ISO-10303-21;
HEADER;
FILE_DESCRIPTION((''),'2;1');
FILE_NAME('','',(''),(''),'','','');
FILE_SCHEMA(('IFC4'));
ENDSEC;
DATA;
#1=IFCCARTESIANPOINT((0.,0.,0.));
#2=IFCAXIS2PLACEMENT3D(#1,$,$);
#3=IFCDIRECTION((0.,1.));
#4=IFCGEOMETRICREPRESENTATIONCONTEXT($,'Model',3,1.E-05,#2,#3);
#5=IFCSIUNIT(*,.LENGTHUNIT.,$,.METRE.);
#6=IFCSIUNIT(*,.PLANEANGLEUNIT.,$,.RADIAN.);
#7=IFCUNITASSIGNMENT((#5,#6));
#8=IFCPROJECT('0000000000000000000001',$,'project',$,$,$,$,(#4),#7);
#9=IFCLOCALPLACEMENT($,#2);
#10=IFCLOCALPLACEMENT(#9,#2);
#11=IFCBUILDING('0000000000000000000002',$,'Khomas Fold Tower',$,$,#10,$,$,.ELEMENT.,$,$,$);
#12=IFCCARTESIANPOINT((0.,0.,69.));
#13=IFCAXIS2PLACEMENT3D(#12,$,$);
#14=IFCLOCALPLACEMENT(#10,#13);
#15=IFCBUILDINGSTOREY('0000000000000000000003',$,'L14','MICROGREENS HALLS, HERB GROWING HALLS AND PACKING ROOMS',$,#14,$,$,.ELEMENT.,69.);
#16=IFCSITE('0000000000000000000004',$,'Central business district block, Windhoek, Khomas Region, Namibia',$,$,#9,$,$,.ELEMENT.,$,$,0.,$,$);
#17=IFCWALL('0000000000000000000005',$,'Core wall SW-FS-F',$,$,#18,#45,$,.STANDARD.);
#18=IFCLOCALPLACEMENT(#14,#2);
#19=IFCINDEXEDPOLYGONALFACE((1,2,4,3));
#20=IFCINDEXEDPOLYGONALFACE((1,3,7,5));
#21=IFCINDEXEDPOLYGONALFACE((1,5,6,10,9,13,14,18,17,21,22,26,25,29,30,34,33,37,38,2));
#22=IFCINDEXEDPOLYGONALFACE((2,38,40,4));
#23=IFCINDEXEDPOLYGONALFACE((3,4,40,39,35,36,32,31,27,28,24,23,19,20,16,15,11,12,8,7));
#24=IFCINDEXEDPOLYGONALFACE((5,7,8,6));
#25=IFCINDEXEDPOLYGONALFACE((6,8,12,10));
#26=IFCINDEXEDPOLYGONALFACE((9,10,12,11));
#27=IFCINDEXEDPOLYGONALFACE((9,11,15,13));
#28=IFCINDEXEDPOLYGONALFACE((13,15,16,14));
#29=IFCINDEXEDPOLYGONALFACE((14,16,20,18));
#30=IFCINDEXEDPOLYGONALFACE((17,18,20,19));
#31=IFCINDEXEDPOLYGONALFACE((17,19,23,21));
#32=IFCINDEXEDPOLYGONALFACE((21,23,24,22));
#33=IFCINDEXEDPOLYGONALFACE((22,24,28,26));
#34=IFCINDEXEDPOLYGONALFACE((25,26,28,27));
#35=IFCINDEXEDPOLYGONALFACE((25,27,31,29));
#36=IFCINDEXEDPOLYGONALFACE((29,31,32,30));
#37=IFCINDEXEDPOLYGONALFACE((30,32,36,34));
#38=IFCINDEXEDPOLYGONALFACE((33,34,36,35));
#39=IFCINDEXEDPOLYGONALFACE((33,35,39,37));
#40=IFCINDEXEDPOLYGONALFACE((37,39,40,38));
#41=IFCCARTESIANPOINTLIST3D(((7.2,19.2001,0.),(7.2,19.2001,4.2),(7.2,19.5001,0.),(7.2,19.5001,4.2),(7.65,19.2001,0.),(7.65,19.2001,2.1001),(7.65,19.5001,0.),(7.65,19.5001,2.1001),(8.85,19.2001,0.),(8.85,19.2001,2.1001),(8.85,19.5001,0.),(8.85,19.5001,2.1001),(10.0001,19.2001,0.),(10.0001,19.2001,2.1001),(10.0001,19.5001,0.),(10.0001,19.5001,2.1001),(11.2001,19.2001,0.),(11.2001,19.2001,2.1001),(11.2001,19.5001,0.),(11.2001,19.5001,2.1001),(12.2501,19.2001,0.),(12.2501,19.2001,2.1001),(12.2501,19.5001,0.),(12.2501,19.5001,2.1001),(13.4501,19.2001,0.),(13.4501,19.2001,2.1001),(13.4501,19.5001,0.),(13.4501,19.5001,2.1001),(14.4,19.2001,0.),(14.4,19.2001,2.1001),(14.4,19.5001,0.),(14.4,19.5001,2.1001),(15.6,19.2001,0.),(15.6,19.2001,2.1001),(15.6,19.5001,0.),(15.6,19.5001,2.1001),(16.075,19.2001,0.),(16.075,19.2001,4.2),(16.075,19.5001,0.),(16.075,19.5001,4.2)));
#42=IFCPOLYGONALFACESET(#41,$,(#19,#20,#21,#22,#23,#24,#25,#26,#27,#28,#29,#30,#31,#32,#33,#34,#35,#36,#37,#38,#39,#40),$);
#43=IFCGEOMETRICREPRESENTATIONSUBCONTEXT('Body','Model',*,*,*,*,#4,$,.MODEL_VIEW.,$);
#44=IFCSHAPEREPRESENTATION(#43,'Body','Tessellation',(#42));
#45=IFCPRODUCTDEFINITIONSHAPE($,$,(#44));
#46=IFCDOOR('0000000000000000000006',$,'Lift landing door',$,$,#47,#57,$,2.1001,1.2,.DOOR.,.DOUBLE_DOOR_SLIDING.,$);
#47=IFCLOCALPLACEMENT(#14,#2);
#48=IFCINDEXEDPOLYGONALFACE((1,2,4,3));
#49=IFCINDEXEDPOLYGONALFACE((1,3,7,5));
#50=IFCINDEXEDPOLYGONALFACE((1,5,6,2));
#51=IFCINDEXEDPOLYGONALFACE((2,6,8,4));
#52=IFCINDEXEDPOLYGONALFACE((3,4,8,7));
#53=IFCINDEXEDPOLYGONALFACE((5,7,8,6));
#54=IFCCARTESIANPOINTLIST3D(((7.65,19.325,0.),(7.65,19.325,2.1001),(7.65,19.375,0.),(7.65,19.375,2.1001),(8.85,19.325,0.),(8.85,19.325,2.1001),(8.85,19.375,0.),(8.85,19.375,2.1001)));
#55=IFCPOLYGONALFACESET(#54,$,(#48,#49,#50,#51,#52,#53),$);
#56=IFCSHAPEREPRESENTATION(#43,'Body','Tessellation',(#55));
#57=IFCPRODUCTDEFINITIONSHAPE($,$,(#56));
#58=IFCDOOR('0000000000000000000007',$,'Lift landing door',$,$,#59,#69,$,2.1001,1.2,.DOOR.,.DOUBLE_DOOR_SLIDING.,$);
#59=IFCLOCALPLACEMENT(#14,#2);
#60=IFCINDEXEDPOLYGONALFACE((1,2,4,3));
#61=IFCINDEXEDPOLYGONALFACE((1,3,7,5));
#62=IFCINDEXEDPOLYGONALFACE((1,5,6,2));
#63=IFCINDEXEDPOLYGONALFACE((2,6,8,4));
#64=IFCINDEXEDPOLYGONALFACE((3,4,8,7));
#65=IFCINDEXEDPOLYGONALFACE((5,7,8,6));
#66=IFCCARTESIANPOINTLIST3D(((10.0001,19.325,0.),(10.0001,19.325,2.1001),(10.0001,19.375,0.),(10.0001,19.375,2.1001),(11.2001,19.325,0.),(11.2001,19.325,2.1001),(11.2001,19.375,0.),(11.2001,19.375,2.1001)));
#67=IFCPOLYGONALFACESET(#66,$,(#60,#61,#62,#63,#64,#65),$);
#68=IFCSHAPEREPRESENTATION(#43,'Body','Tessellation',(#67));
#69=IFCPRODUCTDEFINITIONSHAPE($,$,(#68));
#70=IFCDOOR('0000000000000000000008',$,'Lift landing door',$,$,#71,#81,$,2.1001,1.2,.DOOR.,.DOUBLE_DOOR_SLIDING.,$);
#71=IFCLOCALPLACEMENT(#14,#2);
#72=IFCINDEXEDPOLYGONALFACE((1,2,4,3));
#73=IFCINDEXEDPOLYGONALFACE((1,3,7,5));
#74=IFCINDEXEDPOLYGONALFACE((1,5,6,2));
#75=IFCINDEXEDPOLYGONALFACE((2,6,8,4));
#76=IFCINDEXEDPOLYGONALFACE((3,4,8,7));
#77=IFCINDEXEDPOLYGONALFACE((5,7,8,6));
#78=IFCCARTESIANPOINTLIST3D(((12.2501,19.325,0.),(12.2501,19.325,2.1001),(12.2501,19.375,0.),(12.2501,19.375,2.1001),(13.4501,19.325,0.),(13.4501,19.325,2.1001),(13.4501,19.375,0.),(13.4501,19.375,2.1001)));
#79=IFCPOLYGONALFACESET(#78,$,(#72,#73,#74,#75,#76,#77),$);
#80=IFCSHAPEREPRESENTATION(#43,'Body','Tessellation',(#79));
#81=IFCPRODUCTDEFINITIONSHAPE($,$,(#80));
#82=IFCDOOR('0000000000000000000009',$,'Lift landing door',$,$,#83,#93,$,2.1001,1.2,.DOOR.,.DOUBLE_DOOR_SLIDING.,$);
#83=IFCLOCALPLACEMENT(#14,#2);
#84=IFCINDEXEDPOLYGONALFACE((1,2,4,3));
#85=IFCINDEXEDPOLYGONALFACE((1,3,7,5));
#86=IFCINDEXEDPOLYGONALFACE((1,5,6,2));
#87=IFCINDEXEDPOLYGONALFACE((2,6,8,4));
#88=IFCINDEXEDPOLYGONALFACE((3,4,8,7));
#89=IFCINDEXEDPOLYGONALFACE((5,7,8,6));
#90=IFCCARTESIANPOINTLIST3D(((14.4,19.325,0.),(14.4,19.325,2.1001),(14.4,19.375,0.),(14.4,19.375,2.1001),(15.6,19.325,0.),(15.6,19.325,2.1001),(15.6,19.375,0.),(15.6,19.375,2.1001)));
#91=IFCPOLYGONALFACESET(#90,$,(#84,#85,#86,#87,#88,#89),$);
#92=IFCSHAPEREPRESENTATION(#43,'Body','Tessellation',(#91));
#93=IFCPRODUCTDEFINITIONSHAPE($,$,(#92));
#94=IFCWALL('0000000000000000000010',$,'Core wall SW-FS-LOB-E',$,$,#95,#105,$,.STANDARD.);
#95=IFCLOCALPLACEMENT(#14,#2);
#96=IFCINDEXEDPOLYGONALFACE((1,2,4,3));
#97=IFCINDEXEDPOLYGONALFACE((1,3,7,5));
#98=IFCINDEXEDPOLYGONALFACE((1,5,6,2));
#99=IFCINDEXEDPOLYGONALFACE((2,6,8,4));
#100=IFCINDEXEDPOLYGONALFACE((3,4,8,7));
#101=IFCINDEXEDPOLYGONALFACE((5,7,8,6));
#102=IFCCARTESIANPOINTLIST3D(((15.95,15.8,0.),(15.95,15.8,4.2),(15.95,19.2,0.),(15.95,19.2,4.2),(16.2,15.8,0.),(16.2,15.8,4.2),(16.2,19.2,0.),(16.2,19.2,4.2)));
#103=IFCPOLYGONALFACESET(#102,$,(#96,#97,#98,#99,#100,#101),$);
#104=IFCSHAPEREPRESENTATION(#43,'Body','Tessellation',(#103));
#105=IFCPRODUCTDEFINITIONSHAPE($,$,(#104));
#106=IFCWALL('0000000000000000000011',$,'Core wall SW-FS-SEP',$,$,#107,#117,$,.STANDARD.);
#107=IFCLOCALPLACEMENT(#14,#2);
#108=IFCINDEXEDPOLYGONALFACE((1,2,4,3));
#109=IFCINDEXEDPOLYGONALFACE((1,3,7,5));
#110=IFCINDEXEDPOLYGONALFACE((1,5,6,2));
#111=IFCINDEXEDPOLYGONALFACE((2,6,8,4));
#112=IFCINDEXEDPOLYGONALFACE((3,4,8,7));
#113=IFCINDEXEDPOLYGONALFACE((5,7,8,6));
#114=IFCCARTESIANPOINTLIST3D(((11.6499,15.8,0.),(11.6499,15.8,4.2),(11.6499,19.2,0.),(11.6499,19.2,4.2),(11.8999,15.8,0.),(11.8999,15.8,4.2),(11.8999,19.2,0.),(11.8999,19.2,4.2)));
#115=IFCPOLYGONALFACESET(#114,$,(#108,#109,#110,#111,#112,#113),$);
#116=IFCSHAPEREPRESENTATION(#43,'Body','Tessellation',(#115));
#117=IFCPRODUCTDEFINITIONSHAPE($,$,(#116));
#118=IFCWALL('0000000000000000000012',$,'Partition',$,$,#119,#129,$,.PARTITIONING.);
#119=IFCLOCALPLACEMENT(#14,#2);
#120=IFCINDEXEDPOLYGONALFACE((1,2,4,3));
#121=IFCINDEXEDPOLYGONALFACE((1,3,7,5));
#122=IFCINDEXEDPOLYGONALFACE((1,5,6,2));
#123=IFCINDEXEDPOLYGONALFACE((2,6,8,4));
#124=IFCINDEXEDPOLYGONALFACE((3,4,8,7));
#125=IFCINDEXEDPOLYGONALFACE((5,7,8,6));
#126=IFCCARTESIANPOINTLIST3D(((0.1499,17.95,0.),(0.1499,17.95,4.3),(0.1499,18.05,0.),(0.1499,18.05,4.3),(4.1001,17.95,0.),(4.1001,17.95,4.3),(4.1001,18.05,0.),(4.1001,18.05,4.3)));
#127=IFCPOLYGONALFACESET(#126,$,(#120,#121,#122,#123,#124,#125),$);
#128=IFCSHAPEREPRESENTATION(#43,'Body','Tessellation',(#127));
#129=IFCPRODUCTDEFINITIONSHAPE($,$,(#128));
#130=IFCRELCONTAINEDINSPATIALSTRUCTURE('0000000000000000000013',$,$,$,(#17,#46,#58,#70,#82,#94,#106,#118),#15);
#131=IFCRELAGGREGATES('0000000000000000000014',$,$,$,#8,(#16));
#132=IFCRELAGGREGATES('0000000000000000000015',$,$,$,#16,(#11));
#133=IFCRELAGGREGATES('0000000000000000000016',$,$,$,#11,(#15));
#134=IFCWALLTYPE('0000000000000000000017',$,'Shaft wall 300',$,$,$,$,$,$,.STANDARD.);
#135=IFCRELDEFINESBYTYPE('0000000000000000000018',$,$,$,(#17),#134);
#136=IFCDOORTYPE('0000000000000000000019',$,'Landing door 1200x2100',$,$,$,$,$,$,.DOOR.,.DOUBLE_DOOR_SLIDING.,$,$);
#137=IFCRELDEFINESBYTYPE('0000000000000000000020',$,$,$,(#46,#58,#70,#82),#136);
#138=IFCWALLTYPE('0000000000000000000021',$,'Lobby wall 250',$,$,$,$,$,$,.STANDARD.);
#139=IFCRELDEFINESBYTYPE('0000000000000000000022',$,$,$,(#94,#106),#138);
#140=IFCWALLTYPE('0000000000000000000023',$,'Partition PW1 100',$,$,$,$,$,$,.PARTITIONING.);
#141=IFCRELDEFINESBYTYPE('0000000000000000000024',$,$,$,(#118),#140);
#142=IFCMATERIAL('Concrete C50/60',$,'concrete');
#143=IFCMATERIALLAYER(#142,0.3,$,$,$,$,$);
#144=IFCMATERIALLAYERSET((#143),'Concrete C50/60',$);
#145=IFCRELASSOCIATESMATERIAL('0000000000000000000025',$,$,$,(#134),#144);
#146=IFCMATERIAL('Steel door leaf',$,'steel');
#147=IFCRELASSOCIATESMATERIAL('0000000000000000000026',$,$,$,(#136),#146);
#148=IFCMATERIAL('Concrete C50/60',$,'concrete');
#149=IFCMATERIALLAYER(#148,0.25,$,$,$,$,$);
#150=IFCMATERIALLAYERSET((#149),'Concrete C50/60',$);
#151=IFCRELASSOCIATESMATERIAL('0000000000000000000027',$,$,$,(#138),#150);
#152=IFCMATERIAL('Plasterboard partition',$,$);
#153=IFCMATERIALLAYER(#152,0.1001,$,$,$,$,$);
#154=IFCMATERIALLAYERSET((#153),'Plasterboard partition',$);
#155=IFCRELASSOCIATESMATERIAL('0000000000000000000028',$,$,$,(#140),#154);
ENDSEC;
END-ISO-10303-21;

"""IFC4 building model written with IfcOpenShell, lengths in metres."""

from ifc_helpers import new_model, si_unit, direction, frame, frame_2d, origin, place, context, subcontext, project, spatial, rectangle, extrude, source, transform, mapped, material, layer, layer_set, type_object, element, fill, save


model = new_model("IFC4")

# Units and contexts
model_context = context("Model", 3, precision=1e-05, world=origin(), true_north=direction((0.0, 1.0)))
body_context = subcontext(model_context, "Body", "Model", "MODEL_VIEW")
ifc_project = project(units=[si_unit("LENGTHUNIT", "METRE"), si_unit("PLANEANGLEUNIT", "RADIAN")], contexts=[model_context])

# Site, building, storey
site_placement = place(None, origin())
site = spatial("IfcSite", under=ifc_project, at=site_placement, Name="Central business district block, Windhoek, Khomas Region, Namibia", CompositionType="ELEMENT", RefElevation=0.0)
building_placement = place(site_placement, origin())
building = spatial("IfcBuilding", under=site, at=building_placement, Name="Khomas Fold Tower", CompositionType="ELEMENT")
storey_placement = place(building_placement, frame((0.0, 0.0, 69.0)))
storey = spatial("IfcBuildingStorey", under=building, at=storey_placement, Name="L14", Description="MICROGREENS HALLS, HERB GROWING HALLS AND PACKING ROOMS", CompositionType="ELEMENT", Elevation=69.0)

# Wall, openings, doors
ifc_material_1 = material(Name="Concrete C50/60", Category="concrete")
ifc_layer_1 = layer(ifc_material_1, 0.3)
ifc_layer_set_1 = layer_set([ifc_layer_1], Name="Concrete C50/60")
wall_type_1 = type_object("IfcWallType", Name="Shaft wall 300", PredefinedType="STANDARD", material=ifc_layer_set_1)
shared_shape_1 = source(origin(), body_context, "Body", "SweptSolid", [
    extrude(rectangle(XDim=8.875, YDim=0.3, at=frame_2d((4.4375, 0.0))), origin(), (0.0, 0.0, 1.0), 4.2),
])
wall_1_placement = place(storey_placement, frame((7.2, 19.3501, 0.0), z_axis=(0.0, 0.0, 1.0), x_axis=(1.0, 0.0, 0.0)))
wall_1 = element("IfcWall", 1, at=wall_1_placement, inside=storey, type_object=wall_type_1, Name="Core wall SW-FS-F", PredefinedType="STANDARD", context=body_context, shape_type="MappedRepresentation", body=[
    mapped(shared_shape_1, transform((0.0, 0.0, 0.0))),
])
shared_shape_2 = source(origin(), body_context, "Body", "SweptSolid", [
    extrude(rectangle(XDim=1.2, YDim=2.1001, at=frame_2d((0.6001, 1.05))), frame((0.0, 0.1599, 0.0), z_axis=(0.0, -1.0, 0.0), x_axis=(1.0, 0.0, 0.0)), (0.0, 0.0, 1.0), 0.3201),
])
opening_1_placement = place(wall_1_placement, frame((0.45, 0.0, 0.0)))
opening_1 = element("IfcOpeningElement", 2, at=opening_1_placement, cuts=wall_1, PredefinedType="OPENING", context=body_context, shape_type="MappedRepresentation", body=[
    mapped(shared_shape_2, transform((0.0, 0.0, 0.0))),
])
opening_2_placement = place(wall_1_placement, frame((2.8, 0.0, 0.0)))
opening_2 = element("IfcOpeningElement", 3, at=opening_2_placement, cuts=wall_1, PredefinedType="OPENING", context=body_context, shape_type="MappedRepresentation", body=[
    mapped(shared_shape_2, transform((0.0, 0.0, 0.0))),
])
opening_3_placement = place(wall_1_placement, frame((5.05, 0.0, 0.0)))
opening_3 = element("IfcOpeningElement", 4, at=opening_3_placement, cuts=wall_1, PredefinedType="OPENING", context=body_context, shape_type="MappedRepresentation", body=[
    mapped(shared_shape_2, transform((0.0, 0.0, 0.0))),
])
opening_4_placement = place(wall_1_placement, frame((7.2, 0.0, 0.0)))
opening_4 = element("IfcOpeningElement", 5, at=opening_4_placement, cuts=wall_1, PredefinedType="OPENING", context=body_context, shape_type="MappedRepresentation", body=[
    mapped(shared_shape_2, transform((0.0, 0.0, 0.0))),
])
ifc_material_2 = material(Name="Steel door leaf", Category="steel")
door_type_1 = type_object("IfcDoorType", Name="Landing door 1200x2100", OperationType="DOUBLE_DOOR_SLIDING", PredefinedType="DOOR", material=ifc_material_2)
shared_shape_3 = source(origin(), body_context, "Body", "SweptSolid", [
    extrude(rectangle(XDim=1.2, YDim=2.1001, at=frame_2d((0.6001, 1.05))), frame((0.0, 0.0249, 0.0), z_axis=(0.0, -1.0, 0.0), x_axis=(1.0, 0.0, 0.0)), (0.0, 0.0, 1.0), 0.05),
])
door_1_placement = place(opening_1_placement, origin())
door_1 = element("IfcDoor", 6, at=door_1_placement, inside=storey, type_object=door_type_1, Name="Lift landing door", OperationType="DOUBLE_DOOR_SLIDING", OverallHeight=2.1001, OverallWidth=1.2, PredefinedType="DOOR", context=body_context, shape_type="MappedRepresentation", body=[
    mapped(shared_shape_3, transform((0.0, 0.0, 0.0))),
])
fill(opening_1, door_1)
door_2_placement = place(opening_2_placement, origin())
door_2 = element("IfcDoor", 7, at=door_2_placement, inside=storey, type_object=door_type_1, Name="Lift landing door", OperationType="DOUBLE_DOOR_SLIDING", OverallHeight=2.1001, OverallWidth=1.2, PredefinedType="DOOR", context=body_context, shape_type="MappedRepresentation", body=[
    mapped(shared_shape_3, transform((0.0, 0.0, 0.0))),
])
fill(opening_2, door_2)
door_3_placement = place(opening_3_placement, origin())
door_3 = element("IfcDoor", 8, at=door_3_placement, inside=storey, type_object=door_type_1, Name="Lift landing door", OperationType="DOUBLE_DOOR_SLIDING", OverallHeight=2.1001, OverallWidth=1.2, PredefinedType="DOOR", context=body_context, shape_type="MappedRepresentation", body=[
    mapped(shared_shape_3, transform((0.0, 0.0, 0.0))),
])
fill(opening_3, door_3)
door_4_placement = place(opening_4_placement, origin())
door_4 = element("IfcDoor", 9, at=door_4_placement, inside=storey, type_object=door_type_1, Name="Lift landing door", OperationType="DOUBLE_DOOR_SLIDING", OverallHeight=2.1001, OverallWidth=1.2, PredefinedType="DOOR", context=body_context, shape_type="MappedRepresentation", body=[
    mapped(shared_shape_3, transform((0.0, 0.0, 0.0))),
])
fill(opening_4, door_4)

# Walls
ifc_material_3 = material(Name="Concrete C50/60", Category="concrete")
ifc_layer_2 = layer(ifc_material_3, 0.25)
ifc_layer_set_2 = layer_set([ifc_layer_2], Name="Concrete C50/60")
wall_type_2 = type_object("IfcWallType", Name="Lobby wall 250", PredefinedType="STANDARD", material=ifc_layer_set_2)
shared_shape_4 = source(origin(), body_context, "Body", "SweptSolid", [
    extrude(rectangle(XDim=3.3999, YDim=0.25, at=frame_2d((1.7, 0.0))), origin(), (0.0, 0.0, 1.0), 4.2),
])
for number, where, z_axis, x_axis, name in (
    (10, (16.075, 15.8, 0.0), (0.0, 0.0, 1.0), (0.0, 1.0, 0.0), "Core wall SW-FS-LOB-E"),
    (11, (11.7749, 15.8, 0.0), (0.0, 0.0, 1.0), (0.0, 1.0, 0.0), "Core wall SW-FS-SEP"),
):
    element("IfcWall", number, at=place(storey_placement, frame(where, z_axis=z_axis, x_axis=x_axis)), inside=storey, type_object=wall_type_2, Name=name, PredefinedType="STANDARD", context=body_context, shape_type="MappedRepresentation", body=[
        mapped(shared_shape_4, transform((0.0, 0.0, 0.0))),
    ])
ifc_material_4 = material(Name="Plasterboard partition")
ifc_layer_3 = layer(ifc_material_4, 0.1001)
ifc_layer_set_3 = layer_set([ifc_layer_3], Name="Plasterboard partition")
wall_type_3 = type_object("IfcWallType", Name="Partition PW1 100", PredefinedType="PARTITIONING", material=ifc_layer_set_3)
shared_shape_5 = source(origin(), body_context, "Body", "SweptSolid", [
    extrude(rectangle(XDim=3.9502, YDim=0.1001, at=frame_2d((1.9751, 0.0))), origin(), (0.0, 0.0, 1.0), 4.3),
])
wall_2_placement = place(storey_placement, frame((0.1499, 18.0, 0.0), z_axis=(0.0, 0.0, 1.0), x_axis=(1.0, 0.0, 0.0)))
element("IfcWall", 12, at=wall_2_placement, inside=storey, type_object=wall_type_3, Name="Partition", PredefinedType="PARTITIONING", context=body_context, shape_type="MappedRepresentation", body=[
    mapped(shared_shape_5, transform((0.0, 0.0, 0.0))),
])

save(model, "model.ifc")
